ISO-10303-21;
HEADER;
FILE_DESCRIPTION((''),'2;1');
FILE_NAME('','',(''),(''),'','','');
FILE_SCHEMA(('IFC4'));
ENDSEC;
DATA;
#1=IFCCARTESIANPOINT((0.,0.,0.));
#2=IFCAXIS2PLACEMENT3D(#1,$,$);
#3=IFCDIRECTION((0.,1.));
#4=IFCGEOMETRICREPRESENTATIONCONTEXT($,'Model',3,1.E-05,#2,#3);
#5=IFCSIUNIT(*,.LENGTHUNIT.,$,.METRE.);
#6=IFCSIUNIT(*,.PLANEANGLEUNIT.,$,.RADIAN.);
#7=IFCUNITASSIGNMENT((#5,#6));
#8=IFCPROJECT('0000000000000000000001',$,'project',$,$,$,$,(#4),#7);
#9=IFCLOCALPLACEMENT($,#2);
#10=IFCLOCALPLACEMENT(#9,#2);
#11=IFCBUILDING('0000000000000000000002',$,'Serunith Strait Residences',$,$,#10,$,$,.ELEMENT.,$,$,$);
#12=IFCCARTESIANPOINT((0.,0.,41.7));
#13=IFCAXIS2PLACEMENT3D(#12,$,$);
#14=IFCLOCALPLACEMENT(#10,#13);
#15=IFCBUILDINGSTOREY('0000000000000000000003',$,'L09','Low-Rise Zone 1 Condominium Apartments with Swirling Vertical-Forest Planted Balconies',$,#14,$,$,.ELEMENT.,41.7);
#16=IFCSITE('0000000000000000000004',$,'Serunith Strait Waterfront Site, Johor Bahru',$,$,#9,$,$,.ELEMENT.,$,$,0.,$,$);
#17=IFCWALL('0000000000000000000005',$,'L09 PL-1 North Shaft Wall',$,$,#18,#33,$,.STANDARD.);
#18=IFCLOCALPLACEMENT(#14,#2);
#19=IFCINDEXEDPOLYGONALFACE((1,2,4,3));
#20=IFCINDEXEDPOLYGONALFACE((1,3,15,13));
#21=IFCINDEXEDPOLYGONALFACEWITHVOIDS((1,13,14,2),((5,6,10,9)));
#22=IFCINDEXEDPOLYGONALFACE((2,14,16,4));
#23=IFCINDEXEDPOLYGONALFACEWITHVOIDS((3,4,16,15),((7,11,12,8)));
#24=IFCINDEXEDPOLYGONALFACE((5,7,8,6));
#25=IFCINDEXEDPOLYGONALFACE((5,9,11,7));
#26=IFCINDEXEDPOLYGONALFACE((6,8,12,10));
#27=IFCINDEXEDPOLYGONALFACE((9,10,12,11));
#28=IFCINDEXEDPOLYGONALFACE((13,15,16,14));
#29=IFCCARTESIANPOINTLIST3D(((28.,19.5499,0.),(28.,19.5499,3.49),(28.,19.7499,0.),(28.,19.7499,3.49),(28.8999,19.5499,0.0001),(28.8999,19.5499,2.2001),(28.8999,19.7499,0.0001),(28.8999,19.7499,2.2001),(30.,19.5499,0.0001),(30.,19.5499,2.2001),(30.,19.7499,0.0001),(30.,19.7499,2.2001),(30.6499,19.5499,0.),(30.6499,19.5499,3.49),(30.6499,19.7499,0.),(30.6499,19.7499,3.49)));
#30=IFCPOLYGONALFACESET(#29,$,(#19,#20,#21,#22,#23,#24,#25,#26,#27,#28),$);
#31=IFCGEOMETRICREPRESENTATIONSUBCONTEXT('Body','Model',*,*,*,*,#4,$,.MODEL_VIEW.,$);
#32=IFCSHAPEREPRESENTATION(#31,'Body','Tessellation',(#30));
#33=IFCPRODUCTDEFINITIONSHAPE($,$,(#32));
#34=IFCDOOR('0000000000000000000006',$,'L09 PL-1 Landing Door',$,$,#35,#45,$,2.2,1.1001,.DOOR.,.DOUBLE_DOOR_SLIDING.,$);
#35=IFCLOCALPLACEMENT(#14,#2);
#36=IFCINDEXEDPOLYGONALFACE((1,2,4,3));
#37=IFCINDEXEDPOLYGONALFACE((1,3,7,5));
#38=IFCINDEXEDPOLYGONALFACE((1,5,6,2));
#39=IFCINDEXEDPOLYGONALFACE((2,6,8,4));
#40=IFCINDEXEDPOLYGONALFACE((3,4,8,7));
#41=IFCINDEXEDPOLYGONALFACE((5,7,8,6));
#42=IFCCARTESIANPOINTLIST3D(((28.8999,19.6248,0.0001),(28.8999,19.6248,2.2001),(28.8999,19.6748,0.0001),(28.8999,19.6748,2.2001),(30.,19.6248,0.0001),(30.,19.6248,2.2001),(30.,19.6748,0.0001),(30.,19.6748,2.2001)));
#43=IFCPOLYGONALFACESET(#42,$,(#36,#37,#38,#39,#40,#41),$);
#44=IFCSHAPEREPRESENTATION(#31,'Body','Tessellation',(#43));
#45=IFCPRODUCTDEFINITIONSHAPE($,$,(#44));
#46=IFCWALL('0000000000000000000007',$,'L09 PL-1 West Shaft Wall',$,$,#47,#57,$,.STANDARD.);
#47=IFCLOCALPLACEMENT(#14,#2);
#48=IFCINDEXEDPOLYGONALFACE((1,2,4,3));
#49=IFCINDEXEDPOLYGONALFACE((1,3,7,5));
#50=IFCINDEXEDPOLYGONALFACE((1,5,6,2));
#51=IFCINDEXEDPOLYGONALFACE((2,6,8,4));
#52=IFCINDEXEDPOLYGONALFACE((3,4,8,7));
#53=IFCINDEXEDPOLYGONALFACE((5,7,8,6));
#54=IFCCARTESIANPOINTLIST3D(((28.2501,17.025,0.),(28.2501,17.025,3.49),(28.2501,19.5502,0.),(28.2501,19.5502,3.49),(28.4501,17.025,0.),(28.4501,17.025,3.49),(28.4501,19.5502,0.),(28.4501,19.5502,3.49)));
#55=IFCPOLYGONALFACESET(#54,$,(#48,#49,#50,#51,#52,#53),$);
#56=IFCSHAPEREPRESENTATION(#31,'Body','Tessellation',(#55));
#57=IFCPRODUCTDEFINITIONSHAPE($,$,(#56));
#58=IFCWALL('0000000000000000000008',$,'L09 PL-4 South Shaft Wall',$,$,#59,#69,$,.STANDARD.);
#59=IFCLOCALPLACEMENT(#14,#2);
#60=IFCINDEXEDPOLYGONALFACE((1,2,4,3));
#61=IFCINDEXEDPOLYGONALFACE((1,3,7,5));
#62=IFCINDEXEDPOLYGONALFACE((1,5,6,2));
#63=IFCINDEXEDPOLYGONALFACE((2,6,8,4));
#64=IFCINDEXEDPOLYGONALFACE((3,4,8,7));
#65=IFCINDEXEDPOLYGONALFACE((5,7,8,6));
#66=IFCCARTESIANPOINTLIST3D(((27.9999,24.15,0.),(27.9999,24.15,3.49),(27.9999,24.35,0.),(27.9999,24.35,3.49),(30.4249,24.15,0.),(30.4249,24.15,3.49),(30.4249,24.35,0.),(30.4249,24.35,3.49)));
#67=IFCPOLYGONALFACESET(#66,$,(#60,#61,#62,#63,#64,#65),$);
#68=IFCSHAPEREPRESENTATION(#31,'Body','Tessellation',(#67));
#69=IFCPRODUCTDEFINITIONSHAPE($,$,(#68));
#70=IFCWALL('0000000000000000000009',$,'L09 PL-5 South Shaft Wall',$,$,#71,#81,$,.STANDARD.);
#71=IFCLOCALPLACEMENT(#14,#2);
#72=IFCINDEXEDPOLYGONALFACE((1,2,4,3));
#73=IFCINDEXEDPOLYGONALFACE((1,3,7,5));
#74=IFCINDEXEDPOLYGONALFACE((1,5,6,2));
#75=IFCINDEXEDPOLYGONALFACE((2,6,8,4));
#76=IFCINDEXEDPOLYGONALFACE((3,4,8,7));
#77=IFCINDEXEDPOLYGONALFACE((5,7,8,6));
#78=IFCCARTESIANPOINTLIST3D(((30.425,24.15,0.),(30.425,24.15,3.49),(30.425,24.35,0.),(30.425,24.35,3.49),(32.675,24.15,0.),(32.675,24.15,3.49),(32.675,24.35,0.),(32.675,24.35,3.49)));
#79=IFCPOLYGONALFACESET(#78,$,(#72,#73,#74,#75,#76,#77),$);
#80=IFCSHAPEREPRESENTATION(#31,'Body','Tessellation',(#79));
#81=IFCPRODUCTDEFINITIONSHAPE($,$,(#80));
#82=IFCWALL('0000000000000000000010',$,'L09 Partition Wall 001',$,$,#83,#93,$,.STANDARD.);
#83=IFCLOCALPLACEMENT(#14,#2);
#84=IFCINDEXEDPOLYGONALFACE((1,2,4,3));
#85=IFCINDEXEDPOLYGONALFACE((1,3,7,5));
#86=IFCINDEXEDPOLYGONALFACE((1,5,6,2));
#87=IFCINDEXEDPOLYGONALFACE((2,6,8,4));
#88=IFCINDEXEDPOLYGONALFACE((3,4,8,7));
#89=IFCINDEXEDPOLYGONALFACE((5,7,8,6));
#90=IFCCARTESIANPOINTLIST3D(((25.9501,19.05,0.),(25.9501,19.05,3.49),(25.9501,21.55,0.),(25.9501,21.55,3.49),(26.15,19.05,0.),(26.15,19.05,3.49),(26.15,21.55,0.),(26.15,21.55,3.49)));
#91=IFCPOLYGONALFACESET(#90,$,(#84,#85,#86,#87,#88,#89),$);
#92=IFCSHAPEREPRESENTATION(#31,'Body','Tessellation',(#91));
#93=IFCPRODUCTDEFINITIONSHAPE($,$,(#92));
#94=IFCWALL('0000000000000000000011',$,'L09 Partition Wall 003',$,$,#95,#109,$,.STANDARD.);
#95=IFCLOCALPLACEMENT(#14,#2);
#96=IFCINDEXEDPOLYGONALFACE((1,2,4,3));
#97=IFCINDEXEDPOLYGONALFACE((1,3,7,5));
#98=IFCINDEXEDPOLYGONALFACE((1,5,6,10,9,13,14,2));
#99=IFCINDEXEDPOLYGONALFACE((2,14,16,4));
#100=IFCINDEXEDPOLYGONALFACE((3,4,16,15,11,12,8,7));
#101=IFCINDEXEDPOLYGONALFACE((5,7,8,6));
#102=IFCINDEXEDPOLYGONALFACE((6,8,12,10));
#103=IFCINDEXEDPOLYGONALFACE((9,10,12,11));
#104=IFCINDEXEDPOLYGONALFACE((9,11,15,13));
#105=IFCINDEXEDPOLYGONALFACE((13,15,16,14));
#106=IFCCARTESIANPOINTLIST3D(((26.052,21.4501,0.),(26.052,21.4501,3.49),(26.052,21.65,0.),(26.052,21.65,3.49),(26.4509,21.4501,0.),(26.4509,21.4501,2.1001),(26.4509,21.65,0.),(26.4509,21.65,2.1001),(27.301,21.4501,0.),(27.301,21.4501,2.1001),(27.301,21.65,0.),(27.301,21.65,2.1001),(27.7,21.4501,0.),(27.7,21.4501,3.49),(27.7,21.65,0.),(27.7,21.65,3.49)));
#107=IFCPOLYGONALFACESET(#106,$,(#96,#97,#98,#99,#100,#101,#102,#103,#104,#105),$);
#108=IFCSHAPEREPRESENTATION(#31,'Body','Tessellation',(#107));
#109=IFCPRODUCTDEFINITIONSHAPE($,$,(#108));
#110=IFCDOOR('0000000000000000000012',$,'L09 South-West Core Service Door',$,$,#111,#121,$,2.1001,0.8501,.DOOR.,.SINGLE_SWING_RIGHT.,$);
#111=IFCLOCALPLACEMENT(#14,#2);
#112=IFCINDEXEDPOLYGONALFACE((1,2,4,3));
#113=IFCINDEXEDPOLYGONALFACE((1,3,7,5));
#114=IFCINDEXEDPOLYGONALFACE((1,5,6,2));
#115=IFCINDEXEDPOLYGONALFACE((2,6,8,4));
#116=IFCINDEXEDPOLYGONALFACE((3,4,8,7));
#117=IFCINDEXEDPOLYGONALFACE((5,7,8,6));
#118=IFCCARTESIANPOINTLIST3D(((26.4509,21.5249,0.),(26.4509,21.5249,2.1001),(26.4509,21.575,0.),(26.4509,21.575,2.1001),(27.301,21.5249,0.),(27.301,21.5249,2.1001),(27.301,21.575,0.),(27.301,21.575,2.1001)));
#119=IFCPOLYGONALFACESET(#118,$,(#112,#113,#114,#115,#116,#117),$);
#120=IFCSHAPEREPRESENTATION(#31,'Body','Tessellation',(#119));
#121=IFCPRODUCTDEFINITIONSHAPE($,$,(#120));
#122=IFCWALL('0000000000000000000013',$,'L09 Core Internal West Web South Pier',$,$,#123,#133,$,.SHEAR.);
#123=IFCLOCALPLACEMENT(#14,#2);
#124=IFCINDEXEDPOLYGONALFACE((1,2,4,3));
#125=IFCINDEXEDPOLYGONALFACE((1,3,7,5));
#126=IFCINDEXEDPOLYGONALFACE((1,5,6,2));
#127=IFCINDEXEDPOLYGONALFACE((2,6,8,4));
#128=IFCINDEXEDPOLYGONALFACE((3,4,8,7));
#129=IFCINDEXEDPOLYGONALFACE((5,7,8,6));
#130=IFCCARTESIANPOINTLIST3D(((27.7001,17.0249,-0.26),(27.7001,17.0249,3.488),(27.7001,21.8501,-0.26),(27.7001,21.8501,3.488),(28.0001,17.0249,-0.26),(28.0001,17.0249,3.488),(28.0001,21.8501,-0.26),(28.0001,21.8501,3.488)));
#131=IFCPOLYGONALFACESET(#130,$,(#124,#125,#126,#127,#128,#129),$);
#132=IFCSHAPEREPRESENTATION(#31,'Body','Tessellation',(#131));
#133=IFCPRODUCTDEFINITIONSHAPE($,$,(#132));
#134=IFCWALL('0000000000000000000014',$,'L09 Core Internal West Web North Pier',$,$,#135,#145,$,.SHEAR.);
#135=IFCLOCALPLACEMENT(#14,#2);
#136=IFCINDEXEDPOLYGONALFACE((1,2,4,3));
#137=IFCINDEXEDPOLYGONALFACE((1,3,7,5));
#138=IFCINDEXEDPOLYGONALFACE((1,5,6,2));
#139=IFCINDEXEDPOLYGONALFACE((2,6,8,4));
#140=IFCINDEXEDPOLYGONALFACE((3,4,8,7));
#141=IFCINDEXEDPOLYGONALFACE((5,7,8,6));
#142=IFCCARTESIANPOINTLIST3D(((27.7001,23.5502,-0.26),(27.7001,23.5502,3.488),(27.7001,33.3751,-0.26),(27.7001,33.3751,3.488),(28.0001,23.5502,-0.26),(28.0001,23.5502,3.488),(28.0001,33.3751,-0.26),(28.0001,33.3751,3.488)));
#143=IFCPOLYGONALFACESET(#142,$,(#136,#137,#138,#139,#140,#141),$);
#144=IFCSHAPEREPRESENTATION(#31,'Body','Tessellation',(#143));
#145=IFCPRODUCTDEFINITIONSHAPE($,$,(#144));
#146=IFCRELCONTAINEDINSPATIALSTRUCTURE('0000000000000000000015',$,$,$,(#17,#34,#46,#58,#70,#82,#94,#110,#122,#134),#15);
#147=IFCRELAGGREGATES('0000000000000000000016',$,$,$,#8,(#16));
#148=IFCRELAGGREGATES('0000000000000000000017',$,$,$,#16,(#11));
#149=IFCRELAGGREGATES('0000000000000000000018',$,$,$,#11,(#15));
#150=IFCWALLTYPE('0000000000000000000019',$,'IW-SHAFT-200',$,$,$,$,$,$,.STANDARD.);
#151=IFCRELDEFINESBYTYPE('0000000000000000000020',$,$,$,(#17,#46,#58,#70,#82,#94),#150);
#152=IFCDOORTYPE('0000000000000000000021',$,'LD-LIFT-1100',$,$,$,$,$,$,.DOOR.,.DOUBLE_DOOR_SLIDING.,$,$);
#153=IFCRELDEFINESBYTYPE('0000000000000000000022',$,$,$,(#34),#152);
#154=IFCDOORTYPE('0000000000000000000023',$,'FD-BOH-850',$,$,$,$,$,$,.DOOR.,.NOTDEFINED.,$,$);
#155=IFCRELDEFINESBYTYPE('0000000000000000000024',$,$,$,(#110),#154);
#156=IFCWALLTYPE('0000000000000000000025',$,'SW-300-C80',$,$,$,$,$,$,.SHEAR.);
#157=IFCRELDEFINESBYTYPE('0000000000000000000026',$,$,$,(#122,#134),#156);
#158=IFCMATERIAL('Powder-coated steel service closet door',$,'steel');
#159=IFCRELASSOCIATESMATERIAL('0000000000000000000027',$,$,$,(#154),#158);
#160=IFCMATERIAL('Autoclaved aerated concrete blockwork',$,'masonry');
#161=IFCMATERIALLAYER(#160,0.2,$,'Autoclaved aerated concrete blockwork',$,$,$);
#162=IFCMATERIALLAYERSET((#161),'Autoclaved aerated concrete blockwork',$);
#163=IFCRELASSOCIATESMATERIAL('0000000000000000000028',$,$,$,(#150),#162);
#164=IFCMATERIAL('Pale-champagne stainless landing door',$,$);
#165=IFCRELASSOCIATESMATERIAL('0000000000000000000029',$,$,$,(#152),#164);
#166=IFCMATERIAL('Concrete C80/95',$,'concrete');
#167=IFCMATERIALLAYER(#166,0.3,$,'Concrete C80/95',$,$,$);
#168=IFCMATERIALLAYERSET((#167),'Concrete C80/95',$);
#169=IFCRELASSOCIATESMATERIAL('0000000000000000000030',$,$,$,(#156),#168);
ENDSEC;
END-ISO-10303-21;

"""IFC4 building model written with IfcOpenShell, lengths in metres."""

from ifc_helpers import new_model, si_unit, direction, frame, frame_2d, origin, place, context, subcontext, project, spatial, rectangle, extrude, source, transform, mapped, material, layer, layer_set, type_object, element, fill, save


model = new_model("IFC4")

# Units and contexts
model_context = context("Model", 3, precision=1e-05, world=origin(), true_north=direction((0.0, 1.0)))
body_context = subcontext(model_context, "Body", "Model", "MODEL_VIEW")
ifc_project = project(units=[si_unit("LENGTHUNIT", "METRE"), si_unit("PLANEANGLEUNIT", "RADIAN")], contexts=[model_context])

# Site, building, storey
site_placement = place(None, origin())
site = spatial("IfcSite", under=ifc_project, at=site_placement, Name="Serunith Strait Waterfront Site, Johor Bahru", CompositionType="ELEMENT", RefElevation=0.0)
building_placement = place(site_placement, origin())
building = spatial("IfcBuilding", under=site, at=building_placement, Name="Serunith Strait Residences", CompositionType="ELEMENT")
storey_placement = place(building_placement, frame((0.0, 0.0, 41.7)))
storey = spatial("IfcBuildingStorey", under=building, at=storey_placement, Name="L09", Description="Low-Rise Zone 1 Condominium Apartments with Swirling Vertical-Forest Planted Balconies", CompositionType="ELEMENT", Elevation=41.7)

# Wall, opening, door
ifc_material_1 = material(Name="Powder-coated steel service closet door", Category="steel")
door_type_1 = type_object("IfcDoorType", Name="FD-BOH-850", OperationType="NOTDEFINED", PredefinedType="DOOR", material=ifc_material_1)
shared_shape_1 = source(origin(), body_context, "Body", "SweptSolid", [
    extrude(rectangle(XDim=0.8501, YDim=2.1001, at=frame_2d((0.425, 1.05))), frame((0.0, 0.0249, 0.0), z_axis=(0.0, -1.0, 0.0), x_axis=(1.0, 0.0, 0.0)), (0.0, 0.0, 1.0), 0.05),
])
ifc_material_2 = material(Name="Autoclaved aerated concrete blockwork", Category="masonry")
ifc_layer_1 = layer(ifc_material_2, 0.2, Name="Autoclaved aerated concrete blockwork")
ifc_layer_set_1 = layer_set([ifc_layer_1], Name="Autoclaved aerated concrete blockwork")
wall_type_1 = type_object("IfcWallType", Name="IW-SHAFT-200", PredefinedType="STANDARD", material=ifc_layer_set_1)
wall_1_placement = place(storey_placement, frame((28.0, 19.6499, 0.0), z_axis=(0.0, 0.0, 1.0), x_axis=(1.0, 0.0, 0.0)))
wall_1 = element("IfcWall", 1, at=wall_1_placement, inside=storey, type_object=wall_type_1, Name="L09 PL-1 North Shaft Wall", PredefinedType="STANDARD", context=body_context, shape_type="SweptSolid", body=[
    extrude(rectangle(XDim=2.6499, YDim=0.2, at=frame_2d((1.325, 0.0))), origin(), (0.0, 0.0, 1.0), 3.49),
])
opening_1_placement = place(wall_1_placement, frame((0.8999, 0.0, 0.0)))
opening_1 = element("IfcOpeningElement", 2, at=opening_1_placement, cuts=wall_1, PredefinedType="OPENING", context=body_context, shape_type="SweptSolid", body=[
    extrude(rectangle(XDim=1.1001, YDim=2.2, at=frame_2d((0.55, 1.1001))), frame((0.0, 0.1099, 0.0), z_axis=(0.0, -1.0, 0.0), x_axis=(1.0, 0.0, 0.0)), (0.0, 0.0, 1.0), 0.22),
])
ifc_material_3 = material(Name="Pale-champagne stainless landing door")
door_type_2 = type_object("IfcDoorType", Name="LD-LIFT-1100", OperationType="DOUBLE_DOOR_SLIDING", PredefinedType="DOOR", material=ifc_material_3)
shared_shape_2 = source(origin(), body_context, "Body", "SweptSolid", [
    extrude(rectangle(XDim=1.1001, YDim=2.2, at=frame_2d((0.55, 1.1001))), frame((0.0, 0.0249, 0.0), z_axis=(0.0, -1.0, 0.0), x_axis=(1.0, 0.0, 0.0)), (0.0, 0.0, 1.0), 0.05),
])
door_1_placement = place(opening_1_placement, origin())
door_1 = element("IfcDoor", 3, at=door_1_placement, inside=storey, type_object=door_type_2, Name="L09 PL-1 Landing Door", OperationType="DOUBLE_DOOR_SLIDING", OverallHeight=2.2, OverallWidth=1.1001, PredefinedType="DOOR", context=body_context, shape_type="MappedRepresentation", body=[
    mapped(shared_shape_2, transform((0.0, 0.0, 0.0), scale=1.0)),
])
fill(opening_1, door_1)

# Walls
wall_2_placement = place(storey_placement, frame((28.3501, 17.0249, 0.0), z_axis=(0.0, 0.0, 1.0), x_axis=(0.0, 1.0, 0.0)))
element("IfcWall", 4, at=wall_2_placement, inside=storey, type_object=wall_type_1, Name="L09 PL-1 West Shaft Wall", PredefinedType="STANDARD", context=body_context, shape_type="SweptSolid", body=[
    extrude(rectangle(XDim=2.5251, YDim=0.2, at=frame_2d((1.2627, 0.0))), origin(), (0.0, 0.0, 1.0), 3.49),
])
wall_3_placement = place(storey_placement, frame((28.0, 24.25, 0.0), z_axis=(0.0, 0.0, 1.0), x_axis=(1.0, 0.0, 0.0)))
element("IfcWall", 5, at=wall_3_placement, inside=storey, type_object=wall_type_1, Name="L09 PL-4 South Shaft Wall", PredefinedType="STANDARD", context=body_context, shape_type="SweptSolid", body=[
    extrude(rectangle(XDim=2.425, YDim=0.2, at=frame_2d((1.2124, 0.0))), origin(), (0.0, 0.0, 1.0), 3.49),
])
wall_4_placement = place(storey_placement, frame((30.425, 24.25, 0.0), z_axis=(0.0, 0.0, 1.0), x_axis=(1.0, 0.0, 0.0)))
element("IfcWall", 6, at=wall_4_placement, inside=storey, type_object=wall_type_1, Name="L09 PL-5 South Shaft Wall", PredefinedType="STANDARD", context=body_context, shape_type="SweptSolid", body=[
    extrude(rectangle(XDim=2.25, YDim=0.2, at=frame_2d((1.125, 0.0))), origin(), (0.0, 0.0, 1.0), 3.49),
])
wall_5_placement = place(storey_placement, frame((26.05, 19.05, 0.0), z_axis=(0.0, 0.0, 1.0), x_axis=(0.0, 1.0, 0.0)))
element("IfcWall", 7, at=wall_5_placement, inside=storey, type_object=wall_type_1, Name="L09 Partition Wall 001", PredefinedType="STANDARD", context=body_context, shape_type="SweptSolid", body=[
    extrude(rectangle(XDim=2.5, YDim=0.2, at=frame_2d((1.25, 0.0))), origin(), (0.0, 0.0, 1.0), 3.49),
])

# Wall, opening, door
wall_6_placement = place(storey_placement, frame((26.052, 21.55, 0.0), z_axis=(0.0, 0.0, 1.0), x_axis=(1.0, 0.0, 0.0)))
wall_6 = element("IfcWall", 8, at=wall_6_placement, inside=storey, type_object=wall_type_1, Name="L09 Partition Wall 003", PredefinedType="STANDARD", context=body_context, shape_type="SweptSolid", body=[
    extrude(rectangle(XDim=1.6479, YDim=0.2, at=frame_2d((0.824, 0.0))), origin(), (0.0, 0.0, 1.0), 3.49),
])
opening_2_placement = place(wall_6_placement, frame((0.3989, 0.0, 0.0)))
opening_2 = element("IfcOpeningElement", 9, at=opening_2_placement, cuts=wall_6, PredefinedType="OPENING", context=body_context, shape_type="SweptSolid", body=[
    extrude(rectangle(XDim=0.8501, YDim=2.1001, at=frame_2d((0.425, 1.05))), frame((0.0, 0.1099, 0.0), z_axis=(0.0, -1.0, 0.0), x_axis=(1.0, 0.0, 0.0)), (0.0, 0.0, 1.0), 0.22),
])
door_2_placement = place(opening_2_placement, origin())
door_2 = element("IfcDoor", 10, at=door_2_placement, inside=storey, type_object=door_type_1, Name="L09 South-West Core Service Door", OperationType="SINGLE_SWING_RIGHT", OverallHeight=2.1001, OverallWidth=0.8501, PredefinedType="DOOR", context=body_context, shape_type="MappedRepresentation", body=[
    mapped(shared_shape_1, transform((0.0, 0.0, 0.0), scale=1.0)),
])
fill(opening_2, door_2)

# Walls
ifc_material_4 = material(Name="Concrete C80/95", Category="concrete")
ifc_layer_2 = layer(ifc_material_4, 0.3, Name="Concrete C80/95")
ifc_layer_set_2 = layer_set([ifc_layer_2], Name="Concrete C80/95")
wall_type_2 = type_object("IfcWallType", Name="SW-300-C80", PredefinedType="SHEAR", material=ifc_layer_set_2)
wall_7_placement = place(storey_placement, frame((27.8501, 17.0249, -0.26), z_axis=(0.0, 0.0, 1.0), x_axis=(0.0, 1.0, 0.0)))
element("IfcWall", 11, at=wall_7_placement, inside=storey, type_object=wall_type_2, Name="L09 Core Internal West Web South Pier", PredefinedType="SHEAR", context=body_context, shape_type="SweptSolid", body=[
    extrude(rectangle(XDim=4.8252, YDim=0.3, at=frame_2d((2.4126, 0.0))), origin(), (0.0, 0.0, 1.0), 3.748),
])
wall_8_placement = place(storey_placement, frame((27.8501, 23.55, -0.26), z_axis=(0.0, 0.0, 1.0), x_axis=(0.0, 1.0, 0.0)))
element("IfcWall", 12, at=wall_8_placement, inside=storey, type_object=wall_type_2, Name="L09 Core Internal West Web North Pier", PredefinedType="SHEAR", context=body_context, shape_type="SweptSolid", body=[
    extrude(rectangle(XDim=9.825, YDim=0.3, at=frame_2d((4.9126, 0.0))), origin(), (0.0, 0.0, 1.0), 3.748),
])

save(model, "model.ifc")
